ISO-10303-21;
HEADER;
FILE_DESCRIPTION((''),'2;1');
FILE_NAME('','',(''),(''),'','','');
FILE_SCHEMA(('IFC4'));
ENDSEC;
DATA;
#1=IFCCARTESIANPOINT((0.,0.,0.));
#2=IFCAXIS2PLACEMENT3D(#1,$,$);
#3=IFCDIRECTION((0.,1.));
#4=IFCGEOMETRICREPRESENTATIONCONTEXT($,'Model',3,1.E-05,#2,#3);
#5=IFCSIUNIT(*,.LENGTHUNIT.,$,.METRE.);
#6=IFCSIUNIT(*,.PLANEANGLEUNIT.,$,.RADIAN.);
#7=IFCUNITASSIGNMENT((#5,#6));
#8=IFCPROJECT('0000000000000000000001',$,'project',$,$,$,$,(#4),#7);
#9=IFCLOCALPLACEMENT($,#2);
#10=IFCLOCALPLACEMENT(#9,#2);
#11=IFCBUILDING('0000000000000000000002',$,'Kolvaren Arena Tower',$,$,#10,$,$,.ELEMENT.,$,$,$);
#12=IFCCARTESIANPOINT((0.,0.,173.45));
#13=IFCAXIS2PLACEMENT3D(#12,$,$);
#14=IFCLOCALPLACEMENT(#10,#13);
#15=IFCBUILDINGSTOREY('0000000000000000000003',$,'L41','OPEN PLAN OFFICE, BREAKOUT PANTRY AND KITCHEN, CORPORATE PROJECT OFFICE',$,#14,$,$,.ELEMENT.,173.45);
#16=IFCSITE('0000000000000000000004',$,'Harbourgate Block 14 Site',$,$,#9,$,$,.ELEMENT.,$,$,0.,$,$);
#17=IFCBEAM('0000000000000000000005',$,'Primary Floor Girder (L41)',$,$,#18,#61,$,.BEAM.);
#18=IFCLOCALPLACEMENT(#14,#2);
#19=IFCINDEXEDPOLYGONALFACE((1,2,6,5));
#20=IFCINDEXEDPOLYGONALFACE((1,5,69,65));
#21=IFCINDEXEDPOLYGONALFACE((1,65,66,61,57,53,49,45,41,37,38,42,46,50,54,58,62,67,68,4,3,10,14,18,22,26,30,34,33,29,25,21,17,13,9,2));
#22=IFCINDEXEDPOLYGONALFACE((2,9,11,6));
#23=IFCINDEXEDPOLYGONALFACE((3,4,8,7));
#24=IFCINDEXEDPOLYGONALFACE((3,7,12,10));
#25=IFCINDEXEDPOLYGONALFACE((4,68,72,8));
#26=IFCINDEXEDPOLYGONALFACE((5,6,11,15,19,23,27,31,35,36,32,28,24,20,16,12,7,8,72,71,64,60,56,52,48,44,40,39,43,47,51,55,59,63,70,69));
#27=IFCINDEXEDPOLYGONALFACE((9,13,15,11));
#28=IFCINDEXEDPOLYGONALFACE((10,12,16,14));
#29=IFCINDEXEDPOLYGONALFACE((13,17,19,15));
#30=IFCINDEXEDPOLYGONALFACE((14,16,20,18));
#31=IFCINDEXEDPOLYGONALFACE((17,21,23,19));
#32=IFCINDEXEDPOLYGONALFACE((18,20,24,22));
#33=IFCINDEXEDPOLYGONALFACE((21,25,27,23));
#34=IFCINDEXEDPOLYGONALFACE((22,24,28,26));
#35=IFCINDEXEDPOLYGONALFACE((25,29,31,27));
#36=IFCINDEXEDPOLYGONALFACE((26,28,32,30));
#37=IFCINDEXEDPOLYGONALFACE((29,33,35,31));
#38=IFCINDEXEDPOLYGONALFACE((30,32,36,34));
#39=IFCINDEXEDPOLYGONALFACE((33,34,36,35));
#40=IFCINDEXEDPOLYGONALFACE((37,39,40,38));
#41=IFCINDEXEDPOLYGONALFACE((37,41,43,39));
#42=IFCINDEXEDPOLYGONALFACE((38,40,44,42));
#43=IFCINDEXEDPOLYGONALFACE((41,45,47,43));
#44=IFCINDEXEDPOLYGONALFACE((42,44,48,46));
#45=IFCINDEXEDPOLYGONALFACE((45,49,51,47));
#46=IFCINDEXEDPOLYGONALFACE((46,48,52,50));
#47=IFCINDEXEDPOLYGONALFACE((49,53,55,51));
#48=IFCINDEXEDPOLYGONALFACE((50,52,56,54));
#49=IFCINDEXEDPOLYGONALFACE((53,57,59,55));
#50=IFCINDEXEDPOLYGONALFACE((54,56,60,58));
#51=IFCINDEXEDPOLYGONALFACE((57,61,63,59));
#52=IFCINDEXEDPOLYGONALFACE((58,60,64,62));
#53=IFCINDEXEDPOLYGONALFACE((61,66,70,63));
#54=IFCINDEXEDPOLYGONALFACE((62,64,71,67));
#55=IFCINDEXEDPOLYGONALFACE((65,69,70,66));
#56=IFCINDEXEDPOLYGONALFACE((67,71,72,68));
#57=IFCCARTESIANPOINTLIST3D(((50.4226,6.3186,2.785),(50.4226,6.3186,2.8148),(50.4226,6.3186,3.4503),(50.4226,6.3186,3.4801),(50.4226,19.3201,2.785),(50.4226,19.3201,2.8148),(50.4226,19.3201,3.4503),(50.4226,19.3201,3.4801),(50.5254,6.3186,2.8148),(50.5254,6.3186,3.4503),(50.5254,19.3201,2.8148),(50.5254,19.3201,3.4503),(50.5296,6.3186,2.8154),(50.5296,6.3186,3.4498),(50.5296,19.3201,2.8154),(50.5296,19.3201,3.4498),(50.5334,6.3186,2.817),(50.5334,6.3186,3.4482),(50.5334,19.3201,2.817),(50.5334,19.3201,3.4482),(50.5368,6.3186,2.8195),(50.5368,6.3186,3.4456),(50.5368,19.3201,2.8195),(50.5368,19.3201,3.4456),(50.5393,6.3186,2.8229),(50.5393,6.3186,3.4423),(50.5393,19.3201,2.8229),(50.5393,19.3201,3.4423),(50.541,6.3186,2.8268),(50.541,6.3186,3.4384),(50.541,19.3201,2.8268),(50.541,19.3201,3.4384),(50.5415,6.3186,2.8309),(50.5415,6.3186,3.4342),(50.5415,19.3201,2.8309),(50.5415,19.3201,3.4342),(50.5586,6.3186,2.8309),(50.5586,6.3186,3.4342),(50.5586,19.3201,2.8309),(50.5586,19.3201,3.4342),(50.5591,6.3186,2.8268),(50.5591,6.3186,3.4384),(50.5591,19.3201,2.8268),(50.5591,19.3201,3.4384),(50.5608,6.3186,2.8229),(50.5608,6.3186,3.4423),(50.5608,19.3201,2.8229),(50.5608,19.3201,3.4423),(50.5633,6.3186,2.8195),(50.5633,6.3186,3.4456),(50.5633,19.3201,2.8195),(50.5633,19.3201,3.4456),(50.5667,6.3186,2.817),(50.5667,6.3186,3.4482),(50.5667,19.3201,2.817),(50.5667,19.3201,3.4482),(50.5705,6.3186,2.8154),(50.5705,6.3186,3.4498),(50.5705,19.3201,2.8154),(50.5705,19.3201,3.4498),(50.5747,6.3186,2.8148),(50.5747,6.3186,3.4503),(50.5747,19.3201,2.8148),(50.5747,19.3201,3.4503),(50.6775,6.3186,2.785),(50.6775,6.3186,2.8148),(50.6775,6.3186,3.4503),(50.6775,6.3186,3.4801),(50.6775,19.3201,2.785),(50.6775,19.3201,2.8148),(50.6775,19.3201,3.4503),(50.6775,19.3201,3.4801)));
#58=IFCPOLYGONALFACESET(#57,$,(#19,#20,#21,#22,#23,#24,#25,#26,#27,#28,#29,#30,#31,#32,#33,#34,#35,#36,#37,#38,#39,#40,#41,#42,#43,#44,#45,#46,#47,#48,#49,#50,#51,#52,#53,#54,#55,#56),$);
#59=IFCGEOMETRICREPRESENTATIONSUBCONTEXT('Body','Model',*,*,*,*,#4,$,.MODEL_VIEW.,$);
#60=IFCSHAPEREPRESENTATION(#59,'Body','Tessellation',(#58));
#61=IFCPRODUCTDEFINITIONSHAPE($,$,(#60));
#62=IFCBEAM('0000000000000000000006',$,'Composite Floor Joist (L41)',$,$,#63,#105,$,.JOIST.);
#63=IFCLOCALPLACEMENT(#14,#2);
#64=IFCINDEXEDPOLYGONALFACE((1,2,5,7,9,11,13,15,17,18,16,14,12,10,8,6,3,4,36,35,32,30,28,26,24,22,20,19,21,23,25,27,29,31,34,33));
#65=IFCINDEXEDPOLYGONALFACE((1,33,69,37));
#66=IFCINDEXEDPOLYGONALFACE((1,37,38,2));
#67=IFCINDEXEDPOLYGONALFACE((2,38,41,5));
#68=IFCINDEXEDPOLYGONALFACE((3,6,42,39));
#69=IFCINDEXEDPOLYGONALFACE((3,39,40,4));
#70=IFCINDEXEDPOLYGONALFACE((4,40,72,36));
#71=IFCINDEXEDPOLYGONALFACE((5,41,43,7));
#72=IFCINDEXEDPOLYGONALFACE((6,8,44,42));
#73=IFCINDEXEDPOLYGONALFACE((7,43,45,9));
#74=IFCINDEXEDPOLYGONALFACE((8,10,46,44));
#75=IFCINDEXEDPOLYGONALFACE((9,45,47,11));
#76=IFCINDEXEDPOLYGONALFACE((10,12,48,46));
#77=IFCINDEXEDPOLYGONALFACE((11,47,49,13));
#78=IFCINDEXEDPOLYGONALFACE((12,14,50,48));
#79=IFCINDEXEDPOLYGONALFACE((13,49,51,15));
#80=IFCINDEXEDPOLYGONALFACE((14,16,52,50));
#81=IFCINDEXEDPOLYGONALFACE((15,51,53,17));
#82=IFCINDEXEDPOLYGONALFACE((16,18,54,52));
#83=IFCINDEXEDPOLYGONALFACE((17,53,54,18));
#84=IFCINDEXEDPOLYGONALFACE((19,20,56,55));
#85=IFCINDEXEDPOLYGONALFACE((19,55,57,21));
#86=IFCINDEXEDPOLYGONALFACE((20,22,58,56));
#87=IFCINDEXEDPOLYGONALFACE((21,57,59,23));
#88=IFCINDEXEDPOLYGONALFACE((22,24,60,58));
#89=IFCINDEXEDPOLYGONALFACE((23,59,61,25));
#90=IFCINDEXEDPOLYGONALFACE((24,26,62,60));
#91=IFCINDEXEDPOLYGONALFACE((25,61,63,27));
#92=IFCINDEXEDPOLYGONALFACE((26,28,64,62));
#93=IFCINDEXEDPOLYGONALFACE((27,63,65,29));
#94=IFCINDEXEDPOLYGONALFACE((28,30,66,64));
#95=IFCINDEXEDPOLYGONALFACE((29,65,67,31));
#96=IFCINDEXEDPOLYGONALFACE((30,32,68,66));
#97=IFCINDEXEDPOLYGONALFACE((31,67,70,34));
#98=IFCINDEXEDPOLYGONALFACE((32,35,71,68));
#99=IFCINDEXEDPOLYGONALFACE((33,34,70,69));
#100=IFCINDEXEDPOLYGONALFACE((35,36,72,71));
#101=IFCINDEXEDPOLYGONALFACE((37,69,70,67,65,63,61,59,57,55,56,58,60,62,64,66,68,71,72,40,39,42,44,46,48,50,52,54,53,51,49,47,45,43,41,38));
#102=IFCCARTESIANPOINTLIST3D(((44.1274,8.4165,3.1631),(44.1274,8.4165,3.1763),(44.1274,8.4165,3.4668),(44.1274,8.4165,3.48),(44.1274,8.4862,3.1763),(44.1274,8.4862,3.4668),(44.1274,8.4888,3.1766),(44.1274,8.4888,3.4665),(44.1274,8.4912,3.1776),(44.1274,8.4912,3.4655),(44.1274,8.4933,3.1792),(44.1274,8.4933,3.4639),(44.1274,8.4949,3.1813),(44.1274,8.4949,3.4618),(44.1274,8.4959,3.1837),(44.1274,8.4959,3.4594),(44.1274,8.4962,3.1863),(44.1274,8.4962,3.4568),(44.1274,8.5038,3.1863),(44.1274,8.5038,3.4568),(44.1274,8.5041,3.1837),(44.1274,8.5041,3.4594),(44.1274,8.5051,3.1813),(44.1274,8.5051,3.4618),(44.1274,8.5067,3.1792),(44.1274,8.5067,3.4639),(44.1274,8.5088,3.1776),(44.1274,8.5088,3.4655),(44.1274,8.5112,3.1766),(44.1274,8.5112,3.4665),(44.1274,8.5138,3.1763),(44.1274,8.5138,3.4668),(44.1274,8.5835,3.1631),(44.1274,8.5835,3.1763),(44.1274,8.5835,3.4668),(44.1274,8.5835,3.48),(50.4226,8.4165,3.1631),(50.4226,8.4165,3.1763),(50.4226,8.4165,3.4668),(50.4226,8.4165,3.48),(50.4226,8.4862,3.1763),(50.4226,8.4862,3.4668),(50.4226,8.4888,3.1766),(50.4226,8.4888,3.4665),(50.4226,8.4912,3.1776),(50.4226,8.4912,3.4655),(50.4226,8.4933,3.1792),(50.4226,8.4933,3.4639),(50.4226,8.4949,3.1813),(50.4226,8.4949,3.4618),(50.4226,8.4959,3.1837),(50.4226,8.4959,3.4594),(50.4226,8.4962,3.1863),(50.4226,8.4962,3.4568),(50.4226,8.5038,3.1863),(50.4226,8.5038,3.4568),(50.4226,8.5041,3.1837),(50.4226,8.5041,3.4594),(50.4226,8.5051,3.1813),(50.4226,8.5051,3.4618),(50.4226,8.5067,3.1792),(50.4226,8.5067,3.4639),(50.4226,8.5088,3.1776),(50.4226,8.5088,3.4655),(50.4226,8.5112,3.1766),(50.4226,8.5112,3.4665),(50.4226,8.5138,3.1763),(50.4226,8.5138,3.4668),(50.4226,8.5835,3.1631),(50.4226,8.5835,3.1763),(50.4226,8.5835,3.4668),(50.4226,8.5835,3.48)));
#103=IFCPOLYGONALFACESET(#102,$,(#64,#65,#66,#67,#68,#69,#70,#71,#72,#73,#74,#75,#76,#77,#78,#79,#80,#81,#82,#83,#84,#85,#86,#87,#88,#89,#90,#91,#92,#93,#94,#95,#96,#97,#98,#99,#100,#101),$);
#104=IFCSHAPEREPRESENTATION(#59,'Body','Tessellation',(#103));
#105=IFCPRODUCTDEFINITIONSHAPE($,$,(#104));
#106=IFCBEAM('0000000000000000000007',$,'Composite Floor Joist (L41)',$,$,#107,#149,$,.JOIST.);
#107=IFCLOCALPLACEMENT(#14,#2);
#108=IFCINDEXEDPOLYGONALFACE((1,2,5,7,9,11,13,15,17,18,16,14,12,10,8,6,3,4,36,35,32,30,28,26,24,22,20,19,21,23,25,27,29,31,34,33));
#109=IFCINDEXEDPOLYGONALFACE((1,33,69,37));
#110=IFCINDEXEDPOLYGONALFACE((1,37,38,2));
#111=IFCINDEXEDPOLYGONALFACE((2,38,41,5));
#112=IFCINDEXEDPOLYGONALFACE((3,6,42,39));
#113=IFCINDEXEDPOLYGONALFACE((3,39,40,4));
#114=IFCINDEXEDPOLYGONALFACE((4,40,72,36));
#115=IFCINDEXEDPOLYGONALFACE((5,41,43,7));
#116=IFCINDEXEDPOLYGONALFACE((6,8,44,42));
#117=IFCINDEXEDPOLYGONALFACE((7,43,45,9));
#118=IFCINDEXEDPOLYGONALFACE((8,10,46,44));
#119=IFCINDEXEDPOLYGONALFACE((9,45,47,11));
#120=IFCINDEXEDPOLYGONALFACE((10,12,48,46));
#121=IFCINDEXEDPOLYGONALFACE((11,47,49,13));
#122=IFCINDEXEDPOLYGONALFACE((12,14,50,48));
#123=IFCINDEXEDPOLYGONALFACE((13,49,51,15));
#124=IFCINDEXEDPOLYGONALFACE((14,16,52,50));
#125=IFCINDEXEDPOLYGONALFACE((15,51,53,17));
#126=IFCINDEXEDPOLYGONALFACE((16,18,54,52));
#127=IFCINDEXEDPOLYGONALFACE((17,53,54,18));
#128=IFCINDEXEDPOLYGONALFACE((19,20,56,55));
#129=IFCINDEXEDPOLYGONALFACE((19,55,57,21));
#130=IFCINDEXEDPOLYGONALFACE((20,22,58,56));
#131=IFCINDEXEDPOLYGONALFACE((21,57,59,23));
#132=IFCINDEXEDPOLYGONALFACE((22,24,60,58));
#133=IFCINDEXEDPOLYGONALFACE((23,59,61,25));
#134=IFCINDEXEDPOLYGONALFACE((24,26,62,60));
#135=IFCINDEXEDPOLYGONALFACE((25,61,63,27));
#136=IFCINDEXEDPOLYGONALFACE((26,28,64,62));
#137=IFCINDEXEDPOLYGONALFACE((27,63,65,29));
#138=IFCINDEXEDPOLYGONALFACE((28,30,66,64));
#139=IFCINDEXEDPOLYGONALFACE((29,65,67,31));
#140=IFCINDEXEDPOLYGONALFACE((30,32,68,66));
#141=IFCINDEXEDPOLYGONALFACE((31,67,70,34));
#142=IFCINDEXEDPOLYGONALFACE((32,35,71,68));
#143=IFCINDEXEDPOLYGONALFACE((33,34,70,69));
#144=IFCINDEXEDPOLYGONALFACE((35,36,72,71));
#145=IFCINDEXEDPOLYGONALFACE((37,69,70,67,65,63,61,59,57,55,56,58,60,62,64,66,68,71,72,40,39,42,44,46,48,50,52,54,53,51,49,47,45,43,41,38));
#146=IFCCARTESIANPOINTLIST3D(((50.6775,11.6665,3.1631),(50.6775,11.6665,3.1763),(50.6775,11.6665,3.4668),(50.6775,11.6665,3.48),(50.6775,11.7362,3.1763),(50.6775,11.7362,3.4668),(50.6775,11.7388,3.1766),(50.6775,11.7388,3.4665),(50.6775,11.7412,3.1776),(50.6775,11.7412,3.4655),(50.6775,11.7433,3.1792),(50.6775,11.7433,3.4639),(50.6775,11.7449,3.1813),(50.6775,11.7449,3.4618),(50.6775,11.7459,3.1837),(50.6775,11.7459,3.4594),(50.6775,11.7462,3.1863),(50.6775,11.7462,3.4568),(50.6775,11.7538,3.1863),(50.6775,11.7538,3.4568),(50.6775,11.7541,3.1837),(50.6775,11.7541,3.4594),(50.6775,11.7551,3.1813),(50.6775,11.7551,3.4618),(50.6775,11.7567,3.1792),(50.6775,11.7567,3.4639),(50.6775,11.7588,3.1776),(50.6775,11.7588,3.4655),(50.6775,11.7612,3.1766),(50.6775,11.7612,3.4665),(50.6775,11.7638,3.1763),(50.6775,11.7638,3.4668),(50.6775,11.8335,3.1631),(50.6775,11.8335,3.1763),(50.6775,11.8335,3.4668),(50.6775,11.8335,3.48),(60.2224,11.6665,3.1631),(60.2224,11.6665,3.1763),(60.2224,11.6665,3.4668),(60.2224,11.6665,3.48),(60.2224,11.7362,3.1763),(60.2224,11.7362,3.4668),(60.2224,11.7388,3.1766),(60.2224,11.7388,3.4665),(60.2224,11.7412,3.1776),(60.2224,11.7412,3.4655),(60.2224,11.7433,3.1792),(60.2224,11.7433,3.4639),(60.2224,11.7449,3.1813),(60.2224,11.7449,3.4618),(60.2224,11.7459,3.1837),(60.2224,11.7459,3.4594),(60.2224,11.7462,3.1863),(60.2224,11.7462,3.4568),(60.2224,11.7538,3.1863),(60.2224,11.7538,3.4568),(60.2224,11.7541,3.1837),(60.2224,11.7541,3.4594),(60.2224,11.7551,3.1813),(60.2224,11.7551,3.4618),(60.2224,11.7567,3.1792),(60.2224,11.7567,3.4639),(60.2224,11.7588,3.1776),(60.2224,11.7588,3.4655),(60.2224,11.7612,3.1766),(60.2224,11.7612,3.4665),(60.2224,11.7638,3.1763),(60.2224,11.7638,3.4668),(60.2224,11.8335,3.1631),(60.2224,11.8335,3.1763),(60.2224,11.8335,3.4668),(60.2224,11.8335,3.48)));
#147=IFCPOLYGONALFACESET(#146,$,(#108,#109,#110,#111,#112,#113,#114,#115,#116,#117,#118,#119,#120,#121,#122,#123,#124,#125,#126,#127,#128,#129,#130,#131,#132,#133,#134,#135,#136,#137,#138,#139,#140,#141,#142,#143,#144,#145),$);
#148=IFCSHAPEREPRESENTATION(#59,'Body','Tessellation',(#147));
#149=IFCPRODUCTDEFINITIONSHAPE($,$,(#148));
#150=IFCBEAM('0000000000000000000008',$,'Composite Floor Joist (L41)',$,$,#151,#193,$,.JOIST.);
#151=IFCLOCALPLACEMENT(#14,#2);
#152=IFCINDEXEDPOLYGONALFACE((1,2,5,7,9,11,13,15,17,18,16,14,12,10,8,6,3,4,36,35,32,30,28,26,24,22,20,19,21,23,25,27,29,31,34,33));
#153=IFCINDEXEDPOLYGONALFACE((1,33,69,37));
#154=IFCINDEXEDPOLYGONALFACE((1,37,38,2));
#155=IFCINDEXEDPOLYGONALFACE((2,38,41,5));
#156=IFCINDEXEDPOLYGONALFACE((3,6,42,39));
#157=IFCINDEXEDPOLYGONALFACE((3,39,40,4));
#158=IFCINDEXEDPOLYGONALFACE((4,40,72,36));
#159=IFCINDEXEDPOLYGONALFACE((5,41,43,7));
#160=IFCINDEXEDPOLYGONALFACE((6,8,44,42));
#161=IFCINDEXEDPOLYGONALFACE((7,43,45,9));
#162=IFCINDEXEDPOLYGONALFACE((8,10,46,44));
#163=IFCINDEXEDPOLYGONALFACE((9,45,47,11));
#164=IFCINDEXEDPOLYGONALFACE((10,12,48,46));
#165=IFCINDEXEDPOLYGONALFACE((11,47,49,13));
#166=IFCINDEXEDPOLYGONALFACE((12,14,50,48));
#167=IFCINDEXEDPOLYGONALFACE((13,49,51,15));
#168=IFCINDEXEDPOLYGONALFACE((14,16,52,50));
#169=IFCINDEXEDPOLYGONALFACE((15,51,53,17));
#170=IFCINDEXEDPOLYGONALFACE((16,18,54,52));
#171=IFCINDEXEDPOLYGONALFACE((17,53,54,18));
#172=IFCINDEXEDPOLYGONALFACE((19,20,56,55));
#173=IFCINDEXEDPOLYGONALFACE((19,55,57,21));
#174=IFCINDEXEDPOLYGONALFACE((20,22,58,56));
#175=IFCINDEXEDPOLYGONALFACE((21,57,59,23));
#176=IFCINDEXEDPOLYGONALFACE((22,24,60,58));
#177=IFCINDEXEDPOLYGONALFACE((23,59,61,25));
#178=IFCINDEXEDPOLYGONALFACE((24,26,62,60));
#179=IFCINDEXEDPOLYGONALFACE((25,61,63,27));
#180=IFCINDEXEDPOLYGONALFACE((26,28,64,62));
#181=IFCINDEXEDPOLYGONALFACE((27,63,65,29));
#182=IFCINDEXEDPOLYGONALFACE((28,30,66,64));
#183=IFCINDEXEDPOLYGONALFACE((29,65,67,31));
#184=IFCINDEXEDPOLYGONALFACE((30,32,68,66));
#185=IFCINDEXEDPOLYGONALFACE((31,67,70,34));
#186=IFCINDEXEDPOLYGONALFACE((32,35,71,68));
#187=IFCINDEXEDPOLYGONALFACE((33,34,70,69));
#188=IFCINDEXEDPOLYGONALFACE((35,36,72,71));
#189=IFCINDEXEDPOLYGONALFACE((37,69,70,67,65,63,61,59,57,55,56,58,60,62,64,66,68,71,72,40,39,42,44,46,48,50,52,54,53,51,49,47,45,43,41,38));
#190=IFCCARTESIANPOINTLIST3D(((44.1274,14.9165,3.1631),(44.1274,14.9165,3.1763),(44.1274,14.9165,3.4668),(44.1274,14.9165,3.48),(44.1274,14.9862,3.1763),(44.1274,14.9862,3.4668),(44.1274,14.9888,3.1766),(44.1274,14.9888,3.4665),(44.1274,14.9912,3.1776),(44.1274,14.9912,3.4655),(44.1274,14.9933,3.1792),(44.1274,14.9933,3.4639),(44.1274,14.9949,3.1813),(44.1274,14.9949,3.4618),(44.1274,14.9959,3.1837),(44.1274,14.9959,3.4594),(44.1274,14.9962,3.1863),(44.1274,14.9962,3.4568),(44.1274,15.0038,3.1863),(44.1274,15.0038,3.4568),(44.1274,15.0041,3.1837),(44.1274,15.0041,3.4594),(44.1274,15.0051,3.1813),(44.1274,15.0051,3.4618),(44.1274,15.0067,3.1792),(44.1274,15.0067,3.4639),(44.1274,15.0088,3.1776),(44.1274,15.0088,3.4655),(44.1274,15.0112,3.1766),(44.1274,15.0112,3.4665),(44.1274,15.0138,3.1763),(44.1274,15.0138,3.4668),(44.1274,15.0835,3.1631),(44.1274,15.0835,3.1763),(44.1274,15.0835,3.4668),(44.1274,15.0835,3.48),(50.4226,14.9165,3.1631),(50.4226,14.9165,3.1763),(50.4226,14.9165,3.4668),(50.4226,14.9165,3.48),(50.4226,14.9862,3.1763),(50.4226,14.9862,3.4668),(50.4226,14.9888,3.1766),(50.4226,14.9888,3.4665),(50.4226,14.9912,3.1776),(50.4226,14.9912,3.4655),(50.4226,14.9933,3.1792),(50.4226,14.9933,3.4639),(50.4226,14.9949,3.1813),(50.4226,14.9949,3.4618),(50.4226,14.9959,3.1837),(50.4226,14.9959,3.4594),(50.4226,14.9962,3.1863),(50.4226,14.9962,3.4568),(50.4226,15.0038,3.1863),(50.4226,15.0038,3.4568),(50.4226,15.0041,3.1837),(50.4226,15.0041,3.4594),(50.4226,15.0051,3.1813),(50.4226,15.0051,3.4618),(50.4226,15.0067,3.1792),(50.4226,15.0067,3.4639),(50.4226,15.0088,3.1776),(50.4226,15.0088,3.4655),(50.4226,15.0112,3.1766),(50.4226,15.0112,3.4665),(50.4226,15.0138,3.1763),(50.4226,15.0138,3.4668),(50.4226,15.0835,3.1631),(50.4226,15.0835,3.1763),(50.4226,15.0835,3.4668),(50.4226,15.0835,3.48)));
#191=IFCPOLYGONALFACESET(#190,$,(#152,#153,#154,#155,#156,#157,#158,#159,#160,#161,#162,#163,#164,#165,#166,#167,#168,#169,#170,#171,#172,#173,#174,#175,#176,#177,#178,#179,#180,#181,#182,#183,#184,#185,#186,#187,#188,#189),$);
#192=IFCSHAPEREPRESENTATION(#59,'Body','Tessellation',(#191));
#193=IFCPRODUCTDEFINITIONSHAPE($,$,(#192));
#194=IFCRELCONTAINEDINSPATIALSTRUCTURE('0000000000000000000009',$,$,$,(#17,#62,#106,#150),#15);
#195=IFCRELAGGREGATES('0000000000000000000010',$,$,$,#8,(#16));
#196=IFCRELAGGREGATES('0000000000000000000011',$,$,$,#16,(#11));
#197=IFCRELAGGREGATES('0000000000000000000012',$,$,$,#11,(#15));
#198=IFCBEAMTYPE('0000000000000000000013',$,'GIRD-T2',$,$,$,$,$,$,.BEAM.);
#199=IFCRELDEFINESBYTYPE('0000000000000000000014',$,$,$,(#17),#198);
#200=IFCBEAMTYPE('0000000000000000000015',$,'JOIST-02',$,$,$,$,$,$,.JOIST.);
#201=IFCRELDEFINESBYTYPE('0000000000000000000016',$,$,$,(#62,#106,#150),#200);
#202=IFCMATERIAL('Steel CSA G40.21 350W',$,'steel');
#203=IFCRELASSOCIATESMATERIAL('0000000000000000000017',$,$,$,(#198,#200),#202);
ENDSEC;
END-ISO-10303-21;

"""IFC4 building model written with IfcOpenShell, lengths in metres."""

from ifc_helpers import new_model, si_unit, direction, frame, origin, origin_2d, place, context, subcontext, project, spatial, i_section, extrude, material, material_profile, profile_set, type_object, element, save


model = new_model("IFC4")

# Units and contexts
model_context = context("Model", 3, precision=1e-05, world=origin(), true_north=direction((0.0, 1.0)))
body_context = subcontext(model_context, "Body", "Model", "MODEL_VIEW")
ifc_project = project(units=[si_unit("LENGTHUNIT", "METRE"), si_unit("PLANEANGLEUNIT", "RADIAN")], contexts=[model_context])

# Site, building, storey
site_placement = place(None, origin())
site = spatial("IfcSite", under=ifc_project, at=site_placement, Name="Harbourgate Block 14 Site", CompositionType="ELEMENT", RefElevation=0.0)
building_placement = place(site_placement, origin())
building = spatial("IfcBuilding", under=site, at=building_placement, Name="Kolvaren Arena Tower", CompositionType="ELEMENT")
storey_placement = place(building_placement, frame((0.0, 0.0, 173.45)))
storey = spatial("IfcBuildingStorey", under=building, at=storey_placement, Name="L41", Description="OPEN PLAN OFFICE, BREAKOUT PANTRY AND KITCHEN, CORPORATE PROJECT OFFICE", CompositionType="ELEMENT", Elevation=173.45)

# Beams
ifc_material_1 = material(Name="Steel CSA G40.21 350W", Category="steel")
ifc_material_profile_1 = material_profile(ifc_material_1, i_section(OverallWidth=0.2549, OverallDepth=0.6951, WebThickness=0.0171, FlangeThickness=0.0298, FilletRadius=0.0161, at=origin_2d()), Name="W690x217")
ifc_profile_set_1 = profile_set([ifc_material_profile_1], Name="Steel CSA G40.21 350W")
beam_type_1 = type_object("IfcBeamType", Name="GIRD-T2", PredefinedType="BEAM", material=ifc_profile_set_1)
beam_1_placement = place(storey_placement, frame((50.55, 6.3186, 3.1326), z_axis=(0.0, 1.0, 0.0), x_axis=(-1.0, 0.0, 0.0)))
element("IfcBeam", 1, at=beam_1_placement, inside=storey, type_object=beam_type_1, Name="Primary Floor Girder (L41)", PredefinedType="BEAM", context=body_context, shape_type="SweptSolid", body=[
    extrude(i_section(OverallWidth=0.2549, OverallDepth=0.6951, WebThickness=0.0171, FlangeThickness=0.0298, FilletRadius=0.0161, at=origin_2d()), origin(), (0.0, 0.0, 1.0), 13.0015),
])
ifc_material_profile_2 = material_profile(ifc_material_1, i_section(OverallWidth=0.167, OverallDepth=0.3169, WebThickness=0.0076, FlangeThickness=0.0132, FilletRadius=0.01, at=origin_2d()), Name="W310x52")
ifc_profile_set_2 = profile_set([ifc_material_profile_2], Name="Steel CSA G40.21 350W")
beam_type_2 = type_object("IfcBeamType", Name="JOIST-02", PredefinedType="JOIST", material=ifc_profile_set_2)
beam_2_placement = place(storey_placement, frame((44.1274, 8.5, 3.3215), z_axis=(1.0, 0.0, 0.0), x_axis=(0.0, 1.0, 0.0)))
element("IfcBeam", 2, at=beam_2_placement, inside=storey, type_object=beam_type_2, Name="Composite Floor Joist (L41)", PredefinedType="JOIST", context=body_context, shape_type="SweptSolid", body=[
    extrude(i_section(OverallWidth=0.167, OverallDepth=0.3169, WebThickness=0.0076, FlangeThickness=0.0132, FilletRadius=0.01, at=origin_2d()), origin(), (0.0, 0.0, 1.0), 6.2952),
])
beam_3_placement = place(storey_placement, frame((50.6775, 11.75, 3.3215), z_axis=(1.0, 0.0, 0.0), x_axis=(0.0, 1.0, 0.0)))
element("IfcBeam", 3, at=beam_3_placement, inside=storey, type_object=beam_type_2, Name="Composite Floor Joist (L41)", PredefinedType="JOIST", context=body_context, shape_type="SweptSolid", body=[
    extrude(i_section(OverallWidth=0.167, OverallDepth=0.3169, WebThickness=0.0076, FlangeThickness=0.0132, FilletRadius=0.01, at=origin_2d()), origin(), (0.0, 0.0, 1.0), 9.5449),
])
beam_4_placement = place(storey_placement, frame((44.1274, 15.0, 3.3215), z_axis=(1.0, 0.0, 0.0), x_axis=(0.0, 1.0, 0.0)))
element("IfcBeam", 4, at=beam_4_placement, inside=storey, type_object=beam_type_2, Name="Composite Floor Joist (L41)", PredefinedType="JOIST", context=body_context, shape_type="SweptSolid", body=[
    extrude(i_section(OverallWidth=0.167, OverallDepth=0.3169, WebThickness=0.0076, FlangeThickness=0.0132, FilletRadius=0.01, at=origin_2d()), origin(), (0.0, 0.0, 1.0), 6.2952),
])

save(model, "model.ifc")
